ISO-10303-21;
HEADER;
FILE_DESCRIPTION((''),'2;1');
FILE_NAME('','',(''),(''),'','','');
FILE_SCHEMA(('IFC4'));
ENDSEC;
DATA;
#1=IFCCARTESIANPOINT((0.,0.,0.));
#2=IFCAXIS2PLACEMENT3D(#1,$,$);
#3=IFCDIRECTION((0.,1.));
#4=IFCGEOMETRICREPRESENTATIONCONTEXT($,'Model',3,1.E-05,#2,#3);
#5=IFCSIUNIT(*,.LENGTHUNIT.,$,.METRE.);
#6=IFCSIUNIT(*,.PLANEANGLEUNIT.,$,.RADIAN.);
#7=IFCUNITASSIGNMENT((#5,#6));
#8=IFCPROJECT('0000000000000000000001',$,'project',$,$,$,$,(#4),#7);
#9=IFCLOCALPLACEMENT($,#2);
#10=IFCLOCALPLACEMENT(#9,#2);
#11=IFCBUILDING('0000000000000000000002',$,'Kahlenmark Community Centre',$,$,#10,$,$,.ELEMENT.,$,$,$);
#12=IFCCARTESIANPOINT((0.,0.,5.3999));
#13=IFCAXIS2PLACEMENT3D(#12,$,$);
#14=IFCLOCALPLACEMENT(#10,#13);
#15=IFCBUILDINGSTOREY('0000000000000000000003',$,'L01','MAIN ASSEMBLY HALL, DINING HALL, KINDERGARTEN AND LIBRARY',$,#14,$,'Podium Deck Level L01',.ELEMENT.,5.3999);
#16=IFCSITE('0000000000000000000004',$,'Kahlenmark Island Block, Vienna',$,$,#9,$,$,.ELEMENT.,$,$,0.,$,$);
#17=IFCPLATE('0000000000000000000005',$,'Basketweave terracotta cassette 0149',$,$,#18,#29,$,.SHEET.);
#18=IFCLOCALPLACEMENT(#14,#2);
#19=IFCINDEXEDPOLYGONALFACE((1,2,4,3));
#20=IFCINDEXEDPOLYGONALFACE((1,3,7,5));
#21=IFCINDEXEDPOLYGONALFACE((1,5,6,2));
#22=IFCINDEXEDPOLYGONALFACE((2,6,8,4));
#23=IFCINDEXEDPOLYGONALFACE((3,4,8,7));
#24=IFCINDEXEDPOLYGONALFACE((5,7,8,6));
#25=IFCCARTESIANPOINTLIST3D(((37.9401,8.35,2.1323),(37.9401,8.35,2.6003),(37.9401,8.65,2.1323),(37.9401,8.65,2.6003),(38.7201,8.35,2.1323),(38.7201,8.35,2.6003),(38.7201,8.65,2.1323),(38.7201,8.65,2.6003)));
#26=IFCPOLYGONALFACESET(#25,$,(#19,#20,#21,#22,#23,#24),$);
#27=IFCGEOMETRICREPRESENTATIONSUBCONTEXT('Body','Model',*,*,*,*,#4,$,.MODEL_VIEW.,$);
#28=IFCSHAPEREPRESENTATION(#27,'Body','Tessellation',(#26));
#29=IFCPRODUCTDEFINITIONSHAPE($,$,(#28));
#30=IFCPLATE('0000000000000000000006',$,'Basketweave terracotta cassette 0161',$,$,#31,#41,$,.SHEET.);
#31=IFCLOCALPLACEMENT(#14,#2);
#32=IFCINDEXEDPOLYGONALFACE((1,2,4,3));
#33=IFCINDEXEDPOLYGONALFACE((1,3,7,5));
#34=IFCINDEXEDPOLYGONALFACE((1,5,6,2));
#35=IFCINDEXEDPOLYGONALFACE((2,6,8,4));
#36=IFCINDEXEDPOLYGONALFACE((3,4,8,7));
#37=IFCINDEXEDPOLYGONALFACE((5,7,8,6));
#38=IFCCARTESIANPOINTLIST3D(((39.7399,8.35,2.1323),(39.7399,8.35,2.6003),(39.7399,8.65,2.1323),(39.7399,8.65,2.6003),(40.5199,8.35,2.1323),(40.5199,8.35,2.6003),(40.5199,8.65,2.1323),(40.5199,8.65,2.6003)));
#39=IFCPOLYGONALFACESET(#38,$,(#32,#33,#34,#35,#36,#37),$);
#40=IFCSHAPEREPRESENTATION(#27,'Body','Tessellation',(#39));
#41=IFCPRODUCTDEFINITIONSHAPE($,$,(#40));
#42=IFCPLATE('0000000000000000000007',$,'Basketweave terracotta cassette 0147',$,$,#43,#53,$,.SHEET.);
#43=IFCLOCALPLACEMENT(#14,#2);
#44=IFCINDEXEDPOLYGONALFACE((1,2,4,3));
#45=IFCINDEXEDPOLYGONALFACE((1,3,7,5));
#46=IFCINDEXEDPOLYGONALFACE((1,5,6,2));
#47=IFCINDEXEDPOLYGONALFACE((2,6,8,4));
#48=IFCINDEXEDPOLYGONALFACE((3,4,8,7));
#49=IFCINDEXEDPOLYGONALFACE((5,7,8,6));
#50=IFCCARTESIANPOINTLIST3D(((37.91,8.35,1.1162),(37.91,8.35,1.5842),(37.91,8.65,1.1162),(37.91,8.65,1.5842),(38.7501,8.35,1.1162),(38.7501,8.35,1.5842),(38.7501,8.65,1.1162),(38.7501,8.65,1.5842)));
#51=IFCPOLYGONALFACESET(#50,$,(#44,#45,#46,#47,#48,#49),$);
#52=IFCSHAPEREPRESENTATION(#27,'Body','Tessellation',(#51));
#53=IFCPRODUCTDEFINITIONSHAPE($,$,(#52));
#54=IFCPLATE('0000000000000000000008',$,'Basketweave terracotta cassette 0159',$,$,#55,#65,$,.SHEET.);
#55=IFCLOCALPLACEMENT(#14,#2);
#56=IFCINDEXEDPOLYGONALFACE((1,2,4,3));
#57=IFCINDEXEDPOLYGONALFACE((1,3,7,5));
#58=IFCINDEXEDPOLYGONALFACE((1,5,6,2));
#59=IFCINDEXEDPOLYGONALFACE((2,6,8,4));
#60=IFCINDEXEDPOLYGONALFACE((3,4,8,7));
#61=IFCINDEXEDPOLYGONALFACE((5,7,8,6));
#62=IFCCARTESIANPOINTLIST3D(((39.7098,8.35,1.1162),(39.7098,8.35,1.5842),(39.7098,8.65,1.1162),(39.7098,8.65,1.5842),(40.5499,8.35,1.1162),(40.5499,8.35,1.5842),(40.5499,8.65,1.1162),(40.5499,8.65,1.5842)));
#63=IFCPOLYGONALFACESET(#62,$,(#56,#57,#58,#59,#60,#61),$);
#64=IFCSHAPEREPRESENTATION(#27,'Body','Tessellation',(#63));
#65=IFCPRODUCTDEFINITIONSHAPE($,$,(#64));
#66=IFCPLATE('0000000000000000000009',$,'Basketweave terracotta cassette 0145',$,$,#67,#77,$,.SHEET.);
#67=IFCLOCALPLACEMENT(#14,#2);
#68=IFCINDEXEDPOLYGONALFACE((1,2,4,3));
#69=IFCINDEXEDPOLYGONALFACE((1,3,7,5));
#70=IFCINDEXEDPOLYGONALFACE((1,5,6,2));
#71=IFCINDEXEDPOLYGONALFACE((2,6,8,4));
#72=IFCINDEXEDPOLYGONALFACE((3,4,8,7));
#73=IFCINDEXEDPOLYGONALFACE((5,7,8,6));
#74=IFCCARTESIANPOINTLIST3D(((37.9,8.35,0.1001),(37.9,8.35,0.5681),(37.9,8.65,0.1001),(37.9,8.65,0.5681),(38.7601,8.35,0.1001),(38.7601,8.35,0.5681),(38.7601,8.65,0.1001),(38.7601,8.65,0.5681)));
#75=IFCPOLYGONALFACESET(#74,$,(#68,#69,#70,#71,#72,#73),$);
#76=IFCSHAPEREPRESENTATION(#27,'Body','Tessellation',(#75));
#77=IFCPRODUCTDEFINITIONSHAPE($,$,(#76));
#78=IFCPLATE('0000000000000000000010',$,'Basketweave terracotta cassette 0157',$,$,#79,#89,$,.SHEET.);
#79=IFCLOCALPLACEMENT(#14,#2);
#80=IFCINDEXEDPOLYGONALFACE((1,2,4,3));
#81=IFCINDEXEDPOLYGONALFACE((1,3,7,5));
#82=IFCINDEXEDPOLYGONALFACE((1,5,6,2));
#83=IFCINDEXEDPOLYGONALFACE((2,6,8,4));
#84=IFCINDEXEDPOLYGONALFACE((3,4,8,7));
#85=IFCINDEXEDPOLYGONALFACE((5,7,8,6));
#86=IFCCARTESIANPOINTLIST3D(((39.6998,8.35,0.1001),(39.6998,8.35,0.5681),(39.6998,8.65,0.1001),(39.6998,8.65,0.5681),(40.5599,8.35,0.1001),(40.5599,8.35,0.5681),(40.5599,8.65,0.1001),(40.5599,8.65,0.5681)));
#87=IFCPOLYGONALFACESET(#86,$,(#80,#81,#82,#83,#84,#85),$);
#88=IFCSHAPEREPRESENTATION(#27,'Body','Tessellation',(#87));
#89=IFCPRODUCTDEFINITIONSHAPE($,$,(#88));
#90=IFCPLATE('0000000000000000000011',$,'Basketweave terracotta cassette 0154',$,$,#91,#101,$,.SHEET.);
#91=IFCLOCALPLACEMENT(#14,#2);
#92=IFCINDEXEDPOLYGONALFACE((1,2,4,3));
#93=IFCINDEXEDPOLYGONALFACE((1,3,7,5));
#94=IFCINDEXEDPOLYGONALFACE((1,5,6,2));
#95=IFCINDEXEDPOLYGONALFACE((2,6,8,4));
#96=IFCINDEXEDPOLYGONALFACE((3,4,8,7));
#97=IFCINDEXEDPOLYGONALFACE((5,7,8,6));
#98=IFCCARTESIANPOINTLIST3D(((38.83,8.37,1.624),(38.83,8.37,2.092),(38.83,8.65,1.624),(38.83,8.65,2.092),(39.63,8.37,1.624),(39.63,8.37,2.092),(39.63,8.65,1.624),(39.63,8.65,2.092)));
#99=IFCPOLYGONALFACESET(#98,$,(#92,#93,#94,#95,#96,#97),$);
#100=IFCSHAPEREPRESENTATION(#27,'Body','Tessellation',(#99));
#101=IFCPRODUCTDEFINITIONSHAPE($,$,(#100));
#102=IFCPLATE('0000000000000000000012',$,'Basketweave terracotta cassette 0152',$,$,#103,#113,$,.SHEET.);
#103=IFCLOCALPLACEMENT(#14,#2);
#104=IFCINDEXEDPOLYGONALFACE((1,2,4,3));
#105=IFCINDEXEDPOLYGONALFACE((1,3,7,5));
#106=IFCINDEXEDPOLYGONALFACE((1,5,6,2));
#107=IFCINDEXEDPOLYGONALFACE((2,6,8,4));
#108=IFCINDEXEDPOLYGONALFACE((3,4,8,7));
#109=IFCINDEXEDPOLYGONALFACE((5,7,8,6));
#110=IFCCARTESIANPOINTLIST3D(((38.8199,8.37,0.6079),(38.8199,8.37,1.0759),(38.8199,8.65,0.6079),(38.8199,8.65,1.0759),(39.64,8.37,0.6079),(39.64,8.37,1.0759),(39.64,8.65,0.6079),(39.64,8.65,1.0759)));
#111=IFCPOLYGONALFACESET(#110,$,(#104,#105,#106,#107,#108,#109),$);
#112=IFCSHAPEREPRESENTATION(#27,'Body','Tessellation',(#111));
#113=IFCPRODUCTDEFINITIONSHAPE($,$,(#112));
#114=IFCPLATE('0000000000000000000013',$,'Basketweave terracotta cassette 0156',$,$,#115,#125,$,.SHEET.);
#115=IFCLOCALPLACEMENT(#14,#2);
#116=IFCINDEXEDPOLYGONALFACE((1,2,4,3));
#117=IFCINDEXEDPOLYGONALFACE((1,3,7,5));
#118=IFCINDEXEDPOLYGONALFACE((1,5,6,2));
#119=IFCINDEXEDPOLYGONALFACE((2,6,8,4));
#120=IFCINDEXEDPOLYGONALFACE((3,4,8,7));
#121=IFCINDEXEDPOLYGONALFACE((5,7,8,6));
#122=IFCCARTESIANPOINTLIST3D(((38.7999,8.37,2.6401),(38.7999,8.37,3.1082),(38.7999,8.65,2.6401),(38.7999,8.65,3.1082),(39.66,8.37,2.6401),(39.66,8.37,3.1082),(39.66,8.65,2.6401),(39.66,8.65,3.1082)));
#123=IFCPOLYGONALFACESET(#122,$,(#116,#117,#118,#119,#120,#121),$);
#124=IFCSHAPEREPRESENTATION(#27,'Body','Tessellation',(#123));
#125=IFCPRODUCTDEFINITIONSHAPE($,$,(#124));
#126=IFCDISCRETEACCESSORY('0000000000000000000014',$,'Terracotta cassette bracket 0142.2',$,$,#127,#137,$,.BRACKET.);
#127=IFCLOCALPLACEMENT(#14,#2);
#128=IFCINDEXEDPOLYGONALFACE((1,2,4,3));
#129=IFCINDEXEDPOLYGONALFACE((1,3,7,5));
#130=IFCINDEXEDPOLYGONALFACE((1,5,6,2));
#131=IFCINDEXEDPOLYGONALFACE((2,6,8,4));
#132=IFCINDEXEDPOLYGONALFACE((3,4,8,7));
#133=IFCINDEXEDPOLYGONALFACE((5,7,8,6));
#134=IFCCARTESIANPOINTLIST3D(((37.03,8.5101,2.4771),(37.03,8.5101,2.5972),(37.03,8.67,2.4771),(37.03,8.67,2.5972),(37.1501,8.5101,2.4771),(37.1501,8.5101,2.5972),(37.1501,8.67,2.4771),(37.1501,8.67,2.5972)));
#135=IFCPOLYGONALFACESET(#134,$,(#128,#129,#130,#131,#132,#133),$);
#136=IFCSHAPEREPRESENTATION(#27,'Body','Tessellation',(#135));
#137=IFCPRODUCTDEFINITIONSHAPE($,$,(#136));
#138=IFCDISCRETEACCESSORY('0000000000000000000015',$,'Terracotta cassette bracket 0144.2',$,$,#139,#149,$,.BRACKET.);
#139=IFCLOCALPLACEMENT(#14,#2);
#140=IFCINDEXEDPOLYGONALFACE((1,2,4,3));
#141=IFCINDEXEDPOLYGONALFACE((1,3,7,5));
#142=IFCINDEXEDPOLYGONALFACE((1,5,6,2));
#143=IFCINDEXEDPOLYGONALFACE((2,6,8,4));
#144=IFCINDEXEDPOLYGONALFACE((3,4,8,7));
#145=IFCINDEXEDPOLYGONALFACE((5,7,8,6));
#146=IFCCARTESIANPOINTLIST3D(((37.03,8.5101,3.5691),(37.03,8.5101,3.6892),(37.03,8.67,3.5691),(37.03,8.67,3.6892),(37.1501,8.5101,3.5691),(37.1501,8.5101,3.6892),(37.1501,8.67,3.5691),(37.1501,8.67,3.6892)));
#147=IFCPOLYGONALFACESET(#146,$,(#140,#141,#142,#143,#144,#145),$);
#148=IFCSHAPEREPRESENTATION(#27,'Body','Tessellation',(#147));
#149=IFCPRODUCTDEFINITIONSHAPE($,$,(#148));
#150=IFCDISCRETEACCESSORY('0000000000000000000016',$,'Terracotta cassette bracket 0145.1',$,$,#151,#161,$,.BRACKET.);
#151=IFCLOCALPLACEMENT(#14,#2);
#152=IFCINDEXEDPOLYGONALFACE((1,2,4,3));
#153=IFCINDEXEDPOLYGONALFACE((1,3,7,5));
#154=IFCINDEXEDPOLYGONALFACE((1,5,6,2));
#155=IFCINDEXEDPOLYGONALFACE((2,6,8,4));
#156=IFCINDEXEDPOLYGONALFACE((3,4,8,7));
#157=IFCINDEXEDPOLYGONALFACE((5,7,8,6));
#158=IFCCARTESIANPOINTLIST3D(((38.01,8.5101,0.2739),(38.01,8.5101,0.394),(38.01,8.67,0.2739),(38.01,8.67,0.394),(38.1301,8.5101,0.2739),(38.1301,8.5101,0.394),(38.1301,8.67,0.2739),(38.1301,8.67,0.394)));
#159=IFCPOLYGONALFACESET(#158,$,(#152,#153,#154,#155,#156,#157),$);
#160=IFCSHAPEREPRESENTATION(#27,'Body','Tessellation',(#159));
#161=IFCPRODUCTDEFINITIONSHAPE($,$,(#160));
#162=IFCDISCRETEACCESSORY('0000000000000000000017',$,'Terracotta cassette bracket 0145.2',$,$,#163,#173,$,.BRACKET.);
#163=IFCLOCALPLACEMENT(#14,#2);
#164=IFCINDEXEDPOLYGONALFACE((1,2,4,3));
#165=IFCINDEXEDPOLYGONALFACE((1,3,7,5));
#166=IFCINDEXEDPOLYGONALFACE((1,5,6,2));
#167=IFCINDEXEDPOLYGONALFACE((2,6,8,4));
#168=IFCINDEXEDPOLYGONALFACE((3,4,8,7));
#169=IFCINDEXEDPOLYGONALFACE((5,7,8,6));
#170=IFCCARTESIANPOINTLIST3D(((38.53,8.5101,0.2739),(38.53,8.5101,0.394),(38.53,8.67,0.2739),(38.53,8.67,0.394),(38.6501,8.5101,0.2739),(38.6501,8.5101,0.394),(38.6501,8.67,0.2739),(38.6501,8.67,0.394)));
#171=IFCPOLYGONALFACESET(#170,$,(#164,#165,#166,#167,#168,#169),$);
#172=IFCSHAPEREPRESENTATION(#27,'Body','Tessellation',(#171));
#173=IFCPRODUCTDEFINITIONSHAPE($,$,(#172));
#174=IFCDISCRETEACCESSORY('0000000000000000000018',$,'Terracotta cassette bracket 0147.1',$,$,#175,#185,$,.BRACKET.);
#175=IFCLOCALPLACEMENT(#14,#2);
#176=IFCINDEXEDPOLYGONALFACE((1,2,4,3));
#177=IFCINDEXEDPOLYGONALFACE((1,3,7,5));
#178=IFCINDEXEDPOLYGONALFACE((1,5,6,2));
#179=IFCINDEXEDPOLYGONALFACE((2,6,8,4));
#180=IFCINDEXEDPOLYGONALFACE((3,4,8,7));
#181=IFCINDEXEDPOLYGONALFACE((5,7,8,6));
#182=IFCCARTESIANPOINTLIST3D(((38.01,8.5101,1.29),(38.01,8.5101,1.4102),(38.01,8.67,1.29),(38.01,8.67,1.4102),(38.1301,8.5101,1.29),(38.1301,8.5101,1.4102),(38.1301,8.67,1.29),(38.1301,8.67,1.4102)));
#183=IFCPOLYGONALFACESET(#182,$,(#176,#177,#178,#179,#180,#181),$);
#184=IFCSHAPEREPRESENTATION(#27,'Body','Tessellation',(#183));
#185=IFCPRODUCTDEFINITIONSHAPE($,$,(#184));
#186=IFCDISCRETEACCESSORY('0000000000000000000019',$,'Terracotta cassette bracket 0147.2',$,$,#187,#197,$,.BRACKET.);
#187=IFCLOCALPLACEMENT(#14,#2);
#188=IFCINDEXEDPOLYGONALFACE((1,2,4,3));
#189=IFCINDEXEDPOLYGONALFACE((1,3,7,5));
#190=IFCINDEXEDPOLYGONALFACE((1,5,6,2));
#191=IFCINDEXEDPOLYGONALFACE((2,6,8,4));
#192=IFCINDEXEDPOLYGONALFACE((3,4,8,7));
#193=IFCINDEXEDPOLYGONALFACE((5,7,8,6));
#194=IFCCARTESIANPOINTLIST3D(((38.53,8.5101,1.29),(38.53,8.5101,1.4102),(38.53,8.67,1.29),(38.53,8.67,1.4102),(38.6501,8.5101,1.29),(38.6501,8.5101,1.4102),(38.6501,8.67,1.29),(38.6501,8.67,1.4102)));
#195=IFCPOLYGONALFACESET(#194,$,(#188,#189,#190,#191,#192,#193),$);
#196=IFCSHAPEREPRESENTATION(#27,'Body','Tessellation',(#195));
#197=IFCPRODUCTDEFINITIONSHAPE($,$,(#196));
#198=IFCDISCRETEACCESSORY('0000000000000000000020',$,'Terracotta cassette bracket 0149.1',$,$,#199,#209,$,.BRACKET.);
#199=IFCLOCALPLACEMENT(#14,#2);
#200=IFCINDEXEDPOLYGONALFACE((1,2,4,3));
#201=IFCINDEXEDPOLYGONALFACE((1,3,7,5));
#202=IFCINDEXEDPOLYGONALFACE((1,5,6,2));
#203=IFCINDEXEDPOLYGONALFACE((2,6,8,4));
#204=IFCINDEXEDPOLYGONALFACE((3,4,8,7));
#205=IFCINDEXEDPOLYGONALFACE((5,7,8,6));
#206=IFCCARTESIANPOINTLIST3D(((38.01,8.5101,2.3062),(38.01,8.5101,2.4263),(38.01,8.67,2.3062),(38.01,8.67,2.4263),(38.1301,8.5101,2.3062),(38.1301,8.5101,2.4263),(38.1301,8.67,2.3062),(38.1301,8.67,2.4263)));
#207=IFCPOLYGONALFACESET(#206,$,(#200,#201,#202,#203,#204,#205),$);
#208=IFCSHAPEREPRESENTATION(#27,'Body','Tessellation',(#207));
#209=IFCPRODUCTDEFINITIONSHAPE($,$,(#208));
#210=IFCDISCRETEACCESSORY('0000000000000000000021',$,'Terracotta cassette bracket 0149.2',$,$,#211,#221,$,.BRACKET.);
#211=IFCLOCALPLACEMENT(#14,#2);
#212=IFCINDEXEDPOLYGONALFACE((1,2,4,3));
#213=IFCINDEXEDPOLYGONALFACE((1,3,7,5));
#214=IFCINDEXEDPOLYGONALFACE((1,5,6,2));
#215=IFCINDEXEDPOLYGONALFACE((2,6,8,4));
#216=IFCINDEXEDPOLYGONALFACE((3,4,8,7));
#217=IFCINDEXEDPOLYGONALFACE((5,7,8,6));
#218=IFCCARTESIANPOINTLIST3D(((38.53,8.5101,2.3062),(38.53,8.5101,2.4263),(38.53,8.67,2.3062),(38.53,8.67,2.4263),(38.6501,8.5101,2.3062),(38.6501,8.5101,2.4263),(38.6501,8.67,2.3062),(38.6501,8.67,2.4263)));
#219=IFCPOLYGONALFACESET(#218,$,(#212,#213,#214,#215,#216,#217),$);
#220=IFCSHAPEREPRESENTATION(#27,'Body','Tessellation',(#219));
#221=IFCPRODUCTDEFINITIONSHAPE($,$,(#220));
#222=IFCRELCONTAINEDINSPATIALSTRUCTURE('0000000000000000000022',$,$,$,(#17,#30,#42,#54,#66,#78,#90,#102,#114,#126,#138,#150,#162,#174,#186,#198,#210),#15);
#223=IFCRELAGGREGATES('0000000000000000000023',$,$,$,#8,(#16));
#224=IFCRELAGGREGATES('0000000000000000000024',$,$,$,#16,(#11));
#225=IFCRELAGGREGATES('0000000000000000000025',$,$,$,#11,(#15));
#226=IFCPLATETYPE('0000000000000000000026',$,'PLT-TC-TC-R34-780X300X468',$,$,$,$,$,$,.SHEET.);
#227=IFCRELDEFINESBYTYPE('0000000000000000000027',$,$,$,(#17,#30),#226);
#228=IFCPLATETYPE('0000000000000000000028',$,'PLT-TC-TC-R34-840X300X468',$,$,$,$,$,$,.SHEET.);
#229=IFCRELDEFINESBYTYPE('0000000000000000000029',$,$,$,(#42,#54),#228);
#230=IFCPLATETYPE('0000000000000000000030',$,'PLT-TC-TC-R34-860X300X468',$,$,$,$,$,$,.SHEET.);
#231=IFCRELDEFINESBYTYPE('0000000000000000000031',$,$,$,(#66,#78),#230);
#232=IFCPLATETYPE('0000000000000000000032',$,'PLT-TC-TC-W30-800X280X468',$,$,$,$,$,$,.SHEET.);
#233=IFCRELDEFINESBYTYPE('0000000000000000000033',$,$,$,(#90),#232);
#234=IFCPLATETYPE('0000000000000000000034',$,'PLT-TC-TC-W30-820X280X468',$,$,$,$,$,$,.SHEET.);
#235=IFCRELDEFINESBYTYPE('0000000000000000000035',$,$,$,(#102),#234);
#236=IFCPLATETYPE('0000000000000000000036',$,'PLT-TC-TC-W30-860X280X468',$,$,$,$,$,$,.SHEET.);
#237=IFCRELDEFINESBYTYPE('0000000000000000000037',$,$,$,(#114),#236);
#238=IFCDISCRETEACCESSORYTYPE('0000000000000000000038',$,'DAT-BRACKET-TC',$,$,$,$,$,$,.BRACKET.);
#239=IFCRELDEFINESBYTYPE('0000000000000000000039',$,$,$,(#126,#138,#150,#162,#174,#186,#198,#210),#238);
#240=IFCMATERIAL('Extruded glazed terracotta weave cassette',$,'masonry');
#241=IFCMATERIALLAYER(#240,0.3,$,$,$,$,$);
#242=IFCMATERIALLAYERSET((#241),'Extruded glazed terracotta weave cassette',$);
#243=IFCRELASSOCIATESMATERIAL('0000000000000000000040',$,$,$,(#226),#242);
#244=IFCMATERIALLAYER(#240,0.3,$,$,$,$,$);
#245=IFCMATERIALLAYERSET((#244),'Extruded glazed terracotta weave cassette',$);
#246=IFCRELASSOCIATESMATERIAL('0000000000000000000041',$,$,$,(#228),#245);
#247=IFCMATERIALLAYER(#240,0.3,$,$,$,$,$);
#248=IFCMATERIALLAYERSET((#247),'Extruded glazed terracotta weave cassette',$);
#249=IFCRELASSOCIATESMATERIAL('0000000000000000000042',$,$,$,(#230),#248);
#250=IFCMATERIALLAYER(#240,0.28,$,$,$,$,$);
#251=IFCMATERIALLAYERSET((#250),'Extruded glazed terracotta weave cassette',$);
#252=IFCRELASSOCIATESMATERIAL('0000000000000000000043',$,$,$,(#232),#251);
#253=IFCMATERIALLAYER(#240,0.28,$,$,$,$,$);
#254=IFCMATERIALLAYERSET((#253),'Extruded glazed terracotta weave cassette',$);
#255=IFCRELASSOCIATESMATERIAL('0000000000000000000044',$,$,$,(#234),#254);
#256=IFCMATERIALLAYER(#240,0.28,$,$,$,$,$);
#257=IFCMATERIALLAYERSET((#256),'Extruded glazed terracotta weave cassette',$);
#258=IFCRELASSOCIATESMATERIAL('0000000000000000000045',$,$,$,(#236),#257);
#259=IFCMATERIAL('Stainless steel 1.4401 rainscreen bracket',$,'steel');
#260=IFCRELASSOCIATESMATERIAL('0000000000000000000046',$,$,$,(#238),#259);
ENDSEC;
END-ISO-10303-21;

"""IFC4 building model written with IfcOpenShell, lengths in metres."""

from ifc_helpers import new_model, si_unit, direction, frame, origin, origin_2d, place, context, subcontext, project, spatial, rectangle, extrude, material, layer, layer_set, type_object, element, save


model = new_model("IFC4")

# Units and contexts
model_context = context("Model", 3, precision=1e-05, world=origin(), true_north=direction((0.0, 1.0)))
body_context = subcontext(model_context, "Body", "Model", "MODEL_VIEW")
ifc_project = project(units=[si_unit("LENGTHUNIT", "METRE"), si_unit("PLANEANGLEUNIT", "RADIAN")], contexts=[model_context])

# Site, building, storey
site_placement = place(None, origin())
site = spatial("IfcSite", under=ifc_project, at=site_placement, Name="Kahlenmark Island Block, Vienna", CompositionType="ELEMENT", RefElevation=0.0)
building_placement = place(site_placement, origin())
building = spatial("IfcBuilding", under=site, at=building_placement, Name="Kahlenmark Community Centre", CompositionType="ELEMENT")
storey_placement = place(building_placement, frame((0.0, 0.0, 5.3999)))
storey = spatial("IfcBuildingStorey", under=building, at=storey_placement, Name="L01", Description="MAIN ASSEMBLY HALL, DINING HALL, KINDERGARTEN AND LIBRARY", LongName="Podium Deck Level L01", CompositionType="ELEMENT", Elevation=5.3999)

# Plates
ifc_material_1 = material(Name="Extruded glazed terracotta weave cassette", Category="masonry")
ifc_layer_1 = layer(ifc_material_1, 0.3)
ifc_layer_set_1 = layer_set([ifc_layer_1], Name="Extruded glazed terracotta weave cassette")
plate_type_1 = type_object("IfcPlateType", Name="PLT-TC-TC-R34-780X300X468", PredefinedType="SHEET", material=ifc_layer_set_1)
for number, where, z_axis, x_axis, name in (
    (1, (38.3301, 8.5, 2.1323), (0.0, 0.0, 1.0), (1.0, 0.0, 0.0), "Basketweave terracotta cassette 0149"),
    (2, (40.1299, 8.5, 2.1323), (0.0, 0.0, 1.0), (1.0, 0.0, 0.0), "Basketweave terracotta cassette 0161"),
):
    element("IfcPlate", number, at=place(storey_placement, frame(where, z_axis=z_axis, x_axis=x_axis)), inside=storey, type_object=plate_type_1, Name=name, PredefinedType="SHEET", context=body_context, shape_type="SweptSolid", body=[
        extrude(rectangle(XDim=0.78, YDim=0.3, at=origin_2d()), origin(), (0.0, 0.0, 1.0), 0.468),
    ])
ifc_layer_2 = layer(ifc_material_1, 0.3)
ifc_layer_set_2 = layer_set([ifc_layer_2], Name="Extruded glazed terracotta weave cassette")
plate_type_2 = type_object("IfcPlateType", Name="PLT-TC-TC-R34-840X300X468", PredefinedType="SHEET", material=ifc_layer_set_2)
for number, where, z_axis, x_axis, name in (
    (3, (38.3301, 8.5, 1.1162), (0.0, 0.0, 1.0), (1.0, 0.0, 0.0), "Basketweave terracotta cassette 0147"),
    (4, (40.1299, 8.5, 1.1162), (0.0, 0.0, 1.0), (1.0, 0.0, 0.0), "Basketweave terracotta cassette 0159"),
):
    element("IfcPlate", number, at=place(storey_placement, frame(where, z_axis=z_axis, x_axis=x_axis)), inside=storey, type_object=plate_type_2, Name=name, PredefinedType="SHEET", context=body_context, shape_type="SweptSolid", body=[
        extrude(rectangle(XDim=0.8401, YDim=0.3, at=origin_2d()), origin(), (0.0, 0.0, 1.0), 0.468),
    ])
ifc_layer_3 = layer(ifc_material_1, 0.3)
ifc_layer_set_3 = layer_set([ifc_layer_3], Name="Extruded glazed terracotta weave cassette")
plate_type_3 = type_object("IfcPlateType", Name="PLT-TC-TC-R34-860X300X468", PredefinedType="SHEET", material=ifc_layer_set_3)
for number, where, z_axis, x_axis, name in (
    (5, (38.3301, 8.5, 0.1001), (0.0, 0.0, 1.0), (1.0, 0.0, 0.0), "Basketweave terracotta cassette 0145"),
    (6, (40.1299, 8.5, 0.1001), (0.0, 0.0, 1.0), (1.0, 0.0, 0.0), "Basketweave terracotta cassette 0157"),
):
    element("IfcPlate", number, at=place(storey_placement, frame(where, z_axis=z_axis, x_axis=x_axis)), inside=storey, type_object=plate_type_3, Name=name, PredefinedType="SHEET", context=body_context, shape_type="SweptSolid", body=[
        extrude(rectangle(XDim=0.8601, YDim=0.3, at=origin_2d()), origin(), (0.0, 0.0, 1.0), 0.468),
    ])
ifc_layer_4 = layer(ifc_material_1, 0.28)
ifc_layer_set_4 = layer_set([ifc_layer_4], Name="Extruded glazed terracotta weave cassette")
plate_type_4 = type_object("IfcPlateType", Name="PLT-TC-TC-W30-800X280X468", PredefinedType="SHEET", material=ifc_layer_set_4)
plate_1_placement = place(storey_placement, frame((39.23, 8.51, 1.624), z_axis=(0.0, 0.0, 1.0), x_axis=(1.0, 0.0, 0.0)))
element("IfcPlate", 7, at=plate_1_placement, inside=storey, type_object=plate_type_4, Name="Basketweave terracotta cassette 0154", PredefinedType="SHEET", context=body_context, shape_type="SweptSolid", body=[
    extrude(rectangle(XDim=0.8, YDim=0.28, at=origin_2d()), origin(), (0.0, 0.0, 1.0), 0.468),
])
ifc_layer_5 = layer(ifc_material_1, 0.28)
ifc_layer_set_5 = layer_set([ifc_layer_5], Name="Extruded glazed terracotta weave cassette")
plate_type_5 = type_object("IfcPlateType", Name="PLT-TC-TC-W30-820X280X468", PredefinedType="SHEET", material=ifc_layer_set_5)
plate_2_placement = place(storey_placement, frame((39.23, 8.51, 0.6079), z_axis=(0.0, 0.0, 1.0), x_axis=(1.0, 0.0, 0.0)))
element("IfcPlate", 8, at=plate_2_placement, inside=storey, type_object=plate_type_5, Name="Basketweave terracotta cassette 0152", PredefinedType="SHEET", context=body_context, shape_type="SweptSolid", body=[
    extrude(rectangle(XDim=0.8201, YDim=0.28, at=origin_2d()), origin(), (0.0, 0.0, 1.0), 0.468),
])
ifc_layer_6 = layer(ifc_material_1, 0.28)
ifc_layer_set_6 = layer_set([ifc_layer_6], Name="Extruded glazed terracotta weave cassette")
plate_type_6 = type_object("IfcPlateType", Name="PLT-TC-TC-W30-860X280X468", PredefinedType="SHEET", material=ifc_layer_set_6)
plate_3_placement = place(storey_placement, frame((39.23, 8.51, 2.6401), z_axis=(0.0, 0.0, 1.0), x_axis=(1.0, 0.0, 0.0)))
element("IfcPlate", 9, at=plate_3_placement, inside=storey, type_object=plate_type_6, Name="Basketweave terracotta cassette 0156", PredefinedType="SHEET", context=body_context, shape_type="SweptSolid", body=[
    extrude(rectangle(XDim=0.8601, YDim=0.28, at=origin_2d()), origin(), (0.0, 0.0, 1.0), 0.468),
])

# Discrete accessories
ifc_material_2 = material(Name="Stainless steel 1.4401 rainscreen bracket", Category="steel")
discrete_accessory_type = type_object("IfcDiscreteAccessoryType", Name="DAT-BRACKET-TC", PredefinedType="BRACKET", material=ifc_material_2)
for number, where, z_axis, x_axis, name in (
    (10, (37.0901, 8.5901, 2.4771), (0.0, 0.0, 1.0), (1.0, 0.0, 0.0), "Terracotta cassette bracket 0142.2"),
    (11, (37.0901, 8.5901, 3.5691), (0.0, 0.0, 1.0), (1.0, 0.0, 0.0), "Terracotta cassette bracket 0144.2"),
    (12, (38.0701, 8.5901, 0.2739), (0.0, 0.0, 1.0), (1.0, 0.0, 0.0), "Terracotta cassette bracket 0145.1"),
    (13, (38.5901, 8.5901, 0.2739), (0.0, 0.0, 1.0), (1.0, 0.0, 0.0), "Terracotta cassette bracket 0145.2"),
    (14, (38.0701, 8.5901, 1.29), (0.0, 0.0, 1.0), (1.0, 0.0, 0.0), "Terracotta cassette bracket 0147.1"),
    (15, (38.5901, 8.5901, 1.29), (0.0, 0.0, 1.0), (1.0, 0.0, 0.0), "Terracotta cassette bracket 0147.2"),
    (16, (38.0701, 8.5901, 2.3062), (0.0, 0.0, 1.0), (1.0, 0.0, 0.0), "Terracotta cassette bracket 0149.1"),
    (17, (38.5901, 8.5901, 2.3062), (0.0, 0.0, 1.0), (1.0, 0.0, 0.0), "Terracotta cassette bracket 0149.2"),
):
    element("IfcDiscreteAccessory", number, at=place(storey_placement, frame(where, z_axis=z_axis, x_axis=x_axis)), inside=storey, type_object=discrete_accessory_type, Name=name, PredefinedType="BRACKET", context=body_context, shape_type="SweptSolid", body=[
        extrude(rectangle(XDim=0.1201, YDim=0.1599, at=origin_2d()), origin(), (0.0, 0.0, 1.0), 0.1201),
    ])

save(model, "model.ifc")
